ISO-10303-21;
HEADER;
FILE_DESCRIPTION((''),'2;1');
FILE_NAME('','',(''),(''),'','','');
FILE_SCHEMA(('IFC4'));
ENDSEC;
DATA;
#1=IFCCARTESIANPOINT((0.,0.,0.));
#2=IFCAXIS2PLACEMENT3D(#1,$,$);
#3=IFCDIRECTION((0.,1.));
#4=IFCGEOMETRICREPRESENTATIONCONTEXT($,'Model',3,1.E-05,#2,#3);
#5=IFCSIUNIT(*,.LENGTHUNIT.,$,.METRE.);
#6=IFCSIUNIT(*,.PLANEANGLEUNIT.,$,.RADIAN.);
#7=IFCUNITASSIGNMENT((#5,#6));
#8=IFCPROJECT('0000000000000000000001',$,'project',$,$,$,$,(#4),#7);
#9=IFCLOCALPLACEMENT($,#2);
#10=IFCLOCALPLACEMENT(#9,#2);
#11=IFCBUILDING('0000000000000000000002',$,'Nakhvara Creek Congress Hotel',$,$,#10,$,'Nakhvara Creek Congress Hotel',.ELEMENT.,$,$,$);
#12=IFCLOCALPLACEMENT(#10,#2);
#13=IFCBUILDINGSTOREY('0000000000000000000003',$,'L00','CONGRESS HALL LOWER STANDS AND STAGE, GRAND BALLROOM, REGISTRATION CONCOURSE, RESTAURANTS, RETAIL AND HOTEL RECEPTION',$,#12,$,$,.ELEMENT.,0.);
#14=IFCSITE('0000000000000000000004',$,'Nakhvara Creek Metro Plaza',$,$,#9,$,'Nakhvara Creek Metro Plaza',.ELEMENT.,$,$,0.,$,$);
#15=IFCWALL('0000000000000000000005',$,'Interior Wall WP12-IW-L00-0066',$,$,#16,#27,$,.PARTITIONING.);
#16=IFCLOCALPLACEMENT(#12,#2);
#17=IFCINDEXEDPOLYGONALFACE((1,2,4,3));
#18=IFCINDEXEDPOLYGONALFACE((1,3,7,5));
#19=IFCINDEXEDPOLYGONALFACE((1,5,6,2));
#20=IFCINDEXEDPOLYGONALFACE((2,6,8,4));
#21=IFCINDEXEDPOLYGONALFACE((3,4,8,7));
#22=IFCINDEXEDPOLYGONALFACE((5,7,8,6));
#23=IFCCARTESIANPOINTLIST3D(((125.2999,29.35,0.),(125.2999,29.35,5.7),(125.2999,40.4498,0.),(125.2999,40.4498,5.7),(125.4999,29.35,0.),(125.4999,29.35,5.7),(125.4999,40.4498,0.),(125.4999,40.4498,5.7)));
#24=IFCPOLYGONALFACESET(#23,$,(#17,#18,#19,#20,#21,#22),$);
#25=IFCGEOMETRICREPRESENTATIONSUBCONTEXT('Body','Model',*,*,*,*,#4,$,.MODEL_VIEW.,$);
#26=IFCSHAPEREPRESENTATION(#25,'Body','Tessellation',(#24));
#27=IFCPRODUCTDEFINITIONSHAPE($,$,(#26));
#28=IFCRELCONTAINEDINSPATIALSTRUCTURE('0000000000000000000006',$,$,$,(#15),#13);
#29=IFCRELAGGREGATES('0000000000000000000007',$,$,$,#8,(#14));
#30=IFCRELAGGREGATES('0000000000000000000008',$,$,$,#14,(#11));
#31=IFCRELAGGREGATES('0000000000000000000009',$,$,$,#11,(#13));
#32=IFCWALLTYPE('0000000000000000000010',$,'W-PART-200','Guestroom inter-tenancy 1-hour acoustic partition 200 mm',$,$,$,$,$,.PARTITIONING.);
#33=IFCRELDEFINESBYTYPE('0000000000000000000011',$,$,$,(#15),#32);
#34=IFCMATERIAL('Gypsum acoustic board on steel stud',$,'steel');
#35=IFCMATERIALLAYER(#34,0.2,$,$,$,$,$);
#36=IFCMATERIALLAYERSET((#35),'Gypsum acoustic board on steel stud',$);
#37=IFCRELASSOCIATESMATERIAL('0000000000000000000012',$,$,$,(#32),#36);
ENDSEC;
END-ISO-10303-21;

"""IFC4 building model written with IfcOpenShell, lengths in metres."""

from ifc_helpers import new_model, si_unit, direction, frame, frame_2d, origin, place, context, subcontext, project, spatial, rectangle, extrude, material, layer, layer_set, type_object, element, save


model = new_model("IFC4")

# Units and contexts
model_context = context("Model", 3, precision=1e-05, world=origin(), true_north=direction((0.0, 1.0)))
body_context = subcontext(model_context, "Body", "Model", "MODEL_VIEW")
ifc_project = project(units=[si_unit("LENGTHUNIT", "METRE"), si_unit("PLANEANGLEUNIT", "RADIAN")], contexts=[model_context])

# Site, building, storey
site_placement = place(None, origin())
site = spatial("IfcSite", under=ifc_project, at=site_placement, Name="Nakhvara Creek Metro Plaza", LongName="Nakhvara Creek Metro Plaza", CompositionType="ELEMENT", RefElevation=0.0)
building_placement = place(site_placement, origin())
building = spatial("IfcBuilding", under=site, at=building_placement, Name="Nakhvara Creek Congress Hotel", LongName="Nakhvara Creek Congress Hotel", CompositionType="ELEMENT")
storey_placement = place(building_placement, origin())
storey = spatial("IfcBuildingStorey", under=building, at=storey_placement, Name="L00", Description="CONGRESS HALL LOWER STANDS AND STAGE, GRAND BALLROOM, REGISTRATION CONCOURSE, RESTAURANTS, RETAIL AND HOTEL RECEPTION", CompositionType="ELEMENT", Elevation=0.0)

# Shared definitions
ifc_material_1 = material(Name="Gypsum acoustic board on steel stud", Category="steel")

# Wall
ifc_layer_1 = layer(ifc_material_1, 0.2)
ifc_layer_set_1 = layer_set([ifc_layer_1], Name="Gypsum acoustic board on steel stud")
wall_type_1 = type_object("IfcWallType", Name="W-PART-200", Description="Guestroom inter-tenancy 1-hour acoustic partition 200 mm", PredefinedType="PARTITIONING", material=ifc_layer_set_1)
wall_1_placement = place(storey_placement, frame((125.3999, 29.3501, 0.0), z_axis=(0.0, 0.0, 1.0), x_axis=(0.0, 1.0, 0.0)))
element("IfcWall", 1, at=wall_1_placement, inside=storey, type_object=wall_type_1, Name="Interior Wall WP12-IW-L00-0066", PredefinedType="PARTITIONING", context=body_context, shape_type="SweptSolid", body=[
    extrude(rectangle(XDim=11.0999, YDim=0.2, at=frame_2d((5.5498, 0.0))), origin(), (0.0, 0.0, 1.0), 5.7),
])

save(model, "model.ifc")
